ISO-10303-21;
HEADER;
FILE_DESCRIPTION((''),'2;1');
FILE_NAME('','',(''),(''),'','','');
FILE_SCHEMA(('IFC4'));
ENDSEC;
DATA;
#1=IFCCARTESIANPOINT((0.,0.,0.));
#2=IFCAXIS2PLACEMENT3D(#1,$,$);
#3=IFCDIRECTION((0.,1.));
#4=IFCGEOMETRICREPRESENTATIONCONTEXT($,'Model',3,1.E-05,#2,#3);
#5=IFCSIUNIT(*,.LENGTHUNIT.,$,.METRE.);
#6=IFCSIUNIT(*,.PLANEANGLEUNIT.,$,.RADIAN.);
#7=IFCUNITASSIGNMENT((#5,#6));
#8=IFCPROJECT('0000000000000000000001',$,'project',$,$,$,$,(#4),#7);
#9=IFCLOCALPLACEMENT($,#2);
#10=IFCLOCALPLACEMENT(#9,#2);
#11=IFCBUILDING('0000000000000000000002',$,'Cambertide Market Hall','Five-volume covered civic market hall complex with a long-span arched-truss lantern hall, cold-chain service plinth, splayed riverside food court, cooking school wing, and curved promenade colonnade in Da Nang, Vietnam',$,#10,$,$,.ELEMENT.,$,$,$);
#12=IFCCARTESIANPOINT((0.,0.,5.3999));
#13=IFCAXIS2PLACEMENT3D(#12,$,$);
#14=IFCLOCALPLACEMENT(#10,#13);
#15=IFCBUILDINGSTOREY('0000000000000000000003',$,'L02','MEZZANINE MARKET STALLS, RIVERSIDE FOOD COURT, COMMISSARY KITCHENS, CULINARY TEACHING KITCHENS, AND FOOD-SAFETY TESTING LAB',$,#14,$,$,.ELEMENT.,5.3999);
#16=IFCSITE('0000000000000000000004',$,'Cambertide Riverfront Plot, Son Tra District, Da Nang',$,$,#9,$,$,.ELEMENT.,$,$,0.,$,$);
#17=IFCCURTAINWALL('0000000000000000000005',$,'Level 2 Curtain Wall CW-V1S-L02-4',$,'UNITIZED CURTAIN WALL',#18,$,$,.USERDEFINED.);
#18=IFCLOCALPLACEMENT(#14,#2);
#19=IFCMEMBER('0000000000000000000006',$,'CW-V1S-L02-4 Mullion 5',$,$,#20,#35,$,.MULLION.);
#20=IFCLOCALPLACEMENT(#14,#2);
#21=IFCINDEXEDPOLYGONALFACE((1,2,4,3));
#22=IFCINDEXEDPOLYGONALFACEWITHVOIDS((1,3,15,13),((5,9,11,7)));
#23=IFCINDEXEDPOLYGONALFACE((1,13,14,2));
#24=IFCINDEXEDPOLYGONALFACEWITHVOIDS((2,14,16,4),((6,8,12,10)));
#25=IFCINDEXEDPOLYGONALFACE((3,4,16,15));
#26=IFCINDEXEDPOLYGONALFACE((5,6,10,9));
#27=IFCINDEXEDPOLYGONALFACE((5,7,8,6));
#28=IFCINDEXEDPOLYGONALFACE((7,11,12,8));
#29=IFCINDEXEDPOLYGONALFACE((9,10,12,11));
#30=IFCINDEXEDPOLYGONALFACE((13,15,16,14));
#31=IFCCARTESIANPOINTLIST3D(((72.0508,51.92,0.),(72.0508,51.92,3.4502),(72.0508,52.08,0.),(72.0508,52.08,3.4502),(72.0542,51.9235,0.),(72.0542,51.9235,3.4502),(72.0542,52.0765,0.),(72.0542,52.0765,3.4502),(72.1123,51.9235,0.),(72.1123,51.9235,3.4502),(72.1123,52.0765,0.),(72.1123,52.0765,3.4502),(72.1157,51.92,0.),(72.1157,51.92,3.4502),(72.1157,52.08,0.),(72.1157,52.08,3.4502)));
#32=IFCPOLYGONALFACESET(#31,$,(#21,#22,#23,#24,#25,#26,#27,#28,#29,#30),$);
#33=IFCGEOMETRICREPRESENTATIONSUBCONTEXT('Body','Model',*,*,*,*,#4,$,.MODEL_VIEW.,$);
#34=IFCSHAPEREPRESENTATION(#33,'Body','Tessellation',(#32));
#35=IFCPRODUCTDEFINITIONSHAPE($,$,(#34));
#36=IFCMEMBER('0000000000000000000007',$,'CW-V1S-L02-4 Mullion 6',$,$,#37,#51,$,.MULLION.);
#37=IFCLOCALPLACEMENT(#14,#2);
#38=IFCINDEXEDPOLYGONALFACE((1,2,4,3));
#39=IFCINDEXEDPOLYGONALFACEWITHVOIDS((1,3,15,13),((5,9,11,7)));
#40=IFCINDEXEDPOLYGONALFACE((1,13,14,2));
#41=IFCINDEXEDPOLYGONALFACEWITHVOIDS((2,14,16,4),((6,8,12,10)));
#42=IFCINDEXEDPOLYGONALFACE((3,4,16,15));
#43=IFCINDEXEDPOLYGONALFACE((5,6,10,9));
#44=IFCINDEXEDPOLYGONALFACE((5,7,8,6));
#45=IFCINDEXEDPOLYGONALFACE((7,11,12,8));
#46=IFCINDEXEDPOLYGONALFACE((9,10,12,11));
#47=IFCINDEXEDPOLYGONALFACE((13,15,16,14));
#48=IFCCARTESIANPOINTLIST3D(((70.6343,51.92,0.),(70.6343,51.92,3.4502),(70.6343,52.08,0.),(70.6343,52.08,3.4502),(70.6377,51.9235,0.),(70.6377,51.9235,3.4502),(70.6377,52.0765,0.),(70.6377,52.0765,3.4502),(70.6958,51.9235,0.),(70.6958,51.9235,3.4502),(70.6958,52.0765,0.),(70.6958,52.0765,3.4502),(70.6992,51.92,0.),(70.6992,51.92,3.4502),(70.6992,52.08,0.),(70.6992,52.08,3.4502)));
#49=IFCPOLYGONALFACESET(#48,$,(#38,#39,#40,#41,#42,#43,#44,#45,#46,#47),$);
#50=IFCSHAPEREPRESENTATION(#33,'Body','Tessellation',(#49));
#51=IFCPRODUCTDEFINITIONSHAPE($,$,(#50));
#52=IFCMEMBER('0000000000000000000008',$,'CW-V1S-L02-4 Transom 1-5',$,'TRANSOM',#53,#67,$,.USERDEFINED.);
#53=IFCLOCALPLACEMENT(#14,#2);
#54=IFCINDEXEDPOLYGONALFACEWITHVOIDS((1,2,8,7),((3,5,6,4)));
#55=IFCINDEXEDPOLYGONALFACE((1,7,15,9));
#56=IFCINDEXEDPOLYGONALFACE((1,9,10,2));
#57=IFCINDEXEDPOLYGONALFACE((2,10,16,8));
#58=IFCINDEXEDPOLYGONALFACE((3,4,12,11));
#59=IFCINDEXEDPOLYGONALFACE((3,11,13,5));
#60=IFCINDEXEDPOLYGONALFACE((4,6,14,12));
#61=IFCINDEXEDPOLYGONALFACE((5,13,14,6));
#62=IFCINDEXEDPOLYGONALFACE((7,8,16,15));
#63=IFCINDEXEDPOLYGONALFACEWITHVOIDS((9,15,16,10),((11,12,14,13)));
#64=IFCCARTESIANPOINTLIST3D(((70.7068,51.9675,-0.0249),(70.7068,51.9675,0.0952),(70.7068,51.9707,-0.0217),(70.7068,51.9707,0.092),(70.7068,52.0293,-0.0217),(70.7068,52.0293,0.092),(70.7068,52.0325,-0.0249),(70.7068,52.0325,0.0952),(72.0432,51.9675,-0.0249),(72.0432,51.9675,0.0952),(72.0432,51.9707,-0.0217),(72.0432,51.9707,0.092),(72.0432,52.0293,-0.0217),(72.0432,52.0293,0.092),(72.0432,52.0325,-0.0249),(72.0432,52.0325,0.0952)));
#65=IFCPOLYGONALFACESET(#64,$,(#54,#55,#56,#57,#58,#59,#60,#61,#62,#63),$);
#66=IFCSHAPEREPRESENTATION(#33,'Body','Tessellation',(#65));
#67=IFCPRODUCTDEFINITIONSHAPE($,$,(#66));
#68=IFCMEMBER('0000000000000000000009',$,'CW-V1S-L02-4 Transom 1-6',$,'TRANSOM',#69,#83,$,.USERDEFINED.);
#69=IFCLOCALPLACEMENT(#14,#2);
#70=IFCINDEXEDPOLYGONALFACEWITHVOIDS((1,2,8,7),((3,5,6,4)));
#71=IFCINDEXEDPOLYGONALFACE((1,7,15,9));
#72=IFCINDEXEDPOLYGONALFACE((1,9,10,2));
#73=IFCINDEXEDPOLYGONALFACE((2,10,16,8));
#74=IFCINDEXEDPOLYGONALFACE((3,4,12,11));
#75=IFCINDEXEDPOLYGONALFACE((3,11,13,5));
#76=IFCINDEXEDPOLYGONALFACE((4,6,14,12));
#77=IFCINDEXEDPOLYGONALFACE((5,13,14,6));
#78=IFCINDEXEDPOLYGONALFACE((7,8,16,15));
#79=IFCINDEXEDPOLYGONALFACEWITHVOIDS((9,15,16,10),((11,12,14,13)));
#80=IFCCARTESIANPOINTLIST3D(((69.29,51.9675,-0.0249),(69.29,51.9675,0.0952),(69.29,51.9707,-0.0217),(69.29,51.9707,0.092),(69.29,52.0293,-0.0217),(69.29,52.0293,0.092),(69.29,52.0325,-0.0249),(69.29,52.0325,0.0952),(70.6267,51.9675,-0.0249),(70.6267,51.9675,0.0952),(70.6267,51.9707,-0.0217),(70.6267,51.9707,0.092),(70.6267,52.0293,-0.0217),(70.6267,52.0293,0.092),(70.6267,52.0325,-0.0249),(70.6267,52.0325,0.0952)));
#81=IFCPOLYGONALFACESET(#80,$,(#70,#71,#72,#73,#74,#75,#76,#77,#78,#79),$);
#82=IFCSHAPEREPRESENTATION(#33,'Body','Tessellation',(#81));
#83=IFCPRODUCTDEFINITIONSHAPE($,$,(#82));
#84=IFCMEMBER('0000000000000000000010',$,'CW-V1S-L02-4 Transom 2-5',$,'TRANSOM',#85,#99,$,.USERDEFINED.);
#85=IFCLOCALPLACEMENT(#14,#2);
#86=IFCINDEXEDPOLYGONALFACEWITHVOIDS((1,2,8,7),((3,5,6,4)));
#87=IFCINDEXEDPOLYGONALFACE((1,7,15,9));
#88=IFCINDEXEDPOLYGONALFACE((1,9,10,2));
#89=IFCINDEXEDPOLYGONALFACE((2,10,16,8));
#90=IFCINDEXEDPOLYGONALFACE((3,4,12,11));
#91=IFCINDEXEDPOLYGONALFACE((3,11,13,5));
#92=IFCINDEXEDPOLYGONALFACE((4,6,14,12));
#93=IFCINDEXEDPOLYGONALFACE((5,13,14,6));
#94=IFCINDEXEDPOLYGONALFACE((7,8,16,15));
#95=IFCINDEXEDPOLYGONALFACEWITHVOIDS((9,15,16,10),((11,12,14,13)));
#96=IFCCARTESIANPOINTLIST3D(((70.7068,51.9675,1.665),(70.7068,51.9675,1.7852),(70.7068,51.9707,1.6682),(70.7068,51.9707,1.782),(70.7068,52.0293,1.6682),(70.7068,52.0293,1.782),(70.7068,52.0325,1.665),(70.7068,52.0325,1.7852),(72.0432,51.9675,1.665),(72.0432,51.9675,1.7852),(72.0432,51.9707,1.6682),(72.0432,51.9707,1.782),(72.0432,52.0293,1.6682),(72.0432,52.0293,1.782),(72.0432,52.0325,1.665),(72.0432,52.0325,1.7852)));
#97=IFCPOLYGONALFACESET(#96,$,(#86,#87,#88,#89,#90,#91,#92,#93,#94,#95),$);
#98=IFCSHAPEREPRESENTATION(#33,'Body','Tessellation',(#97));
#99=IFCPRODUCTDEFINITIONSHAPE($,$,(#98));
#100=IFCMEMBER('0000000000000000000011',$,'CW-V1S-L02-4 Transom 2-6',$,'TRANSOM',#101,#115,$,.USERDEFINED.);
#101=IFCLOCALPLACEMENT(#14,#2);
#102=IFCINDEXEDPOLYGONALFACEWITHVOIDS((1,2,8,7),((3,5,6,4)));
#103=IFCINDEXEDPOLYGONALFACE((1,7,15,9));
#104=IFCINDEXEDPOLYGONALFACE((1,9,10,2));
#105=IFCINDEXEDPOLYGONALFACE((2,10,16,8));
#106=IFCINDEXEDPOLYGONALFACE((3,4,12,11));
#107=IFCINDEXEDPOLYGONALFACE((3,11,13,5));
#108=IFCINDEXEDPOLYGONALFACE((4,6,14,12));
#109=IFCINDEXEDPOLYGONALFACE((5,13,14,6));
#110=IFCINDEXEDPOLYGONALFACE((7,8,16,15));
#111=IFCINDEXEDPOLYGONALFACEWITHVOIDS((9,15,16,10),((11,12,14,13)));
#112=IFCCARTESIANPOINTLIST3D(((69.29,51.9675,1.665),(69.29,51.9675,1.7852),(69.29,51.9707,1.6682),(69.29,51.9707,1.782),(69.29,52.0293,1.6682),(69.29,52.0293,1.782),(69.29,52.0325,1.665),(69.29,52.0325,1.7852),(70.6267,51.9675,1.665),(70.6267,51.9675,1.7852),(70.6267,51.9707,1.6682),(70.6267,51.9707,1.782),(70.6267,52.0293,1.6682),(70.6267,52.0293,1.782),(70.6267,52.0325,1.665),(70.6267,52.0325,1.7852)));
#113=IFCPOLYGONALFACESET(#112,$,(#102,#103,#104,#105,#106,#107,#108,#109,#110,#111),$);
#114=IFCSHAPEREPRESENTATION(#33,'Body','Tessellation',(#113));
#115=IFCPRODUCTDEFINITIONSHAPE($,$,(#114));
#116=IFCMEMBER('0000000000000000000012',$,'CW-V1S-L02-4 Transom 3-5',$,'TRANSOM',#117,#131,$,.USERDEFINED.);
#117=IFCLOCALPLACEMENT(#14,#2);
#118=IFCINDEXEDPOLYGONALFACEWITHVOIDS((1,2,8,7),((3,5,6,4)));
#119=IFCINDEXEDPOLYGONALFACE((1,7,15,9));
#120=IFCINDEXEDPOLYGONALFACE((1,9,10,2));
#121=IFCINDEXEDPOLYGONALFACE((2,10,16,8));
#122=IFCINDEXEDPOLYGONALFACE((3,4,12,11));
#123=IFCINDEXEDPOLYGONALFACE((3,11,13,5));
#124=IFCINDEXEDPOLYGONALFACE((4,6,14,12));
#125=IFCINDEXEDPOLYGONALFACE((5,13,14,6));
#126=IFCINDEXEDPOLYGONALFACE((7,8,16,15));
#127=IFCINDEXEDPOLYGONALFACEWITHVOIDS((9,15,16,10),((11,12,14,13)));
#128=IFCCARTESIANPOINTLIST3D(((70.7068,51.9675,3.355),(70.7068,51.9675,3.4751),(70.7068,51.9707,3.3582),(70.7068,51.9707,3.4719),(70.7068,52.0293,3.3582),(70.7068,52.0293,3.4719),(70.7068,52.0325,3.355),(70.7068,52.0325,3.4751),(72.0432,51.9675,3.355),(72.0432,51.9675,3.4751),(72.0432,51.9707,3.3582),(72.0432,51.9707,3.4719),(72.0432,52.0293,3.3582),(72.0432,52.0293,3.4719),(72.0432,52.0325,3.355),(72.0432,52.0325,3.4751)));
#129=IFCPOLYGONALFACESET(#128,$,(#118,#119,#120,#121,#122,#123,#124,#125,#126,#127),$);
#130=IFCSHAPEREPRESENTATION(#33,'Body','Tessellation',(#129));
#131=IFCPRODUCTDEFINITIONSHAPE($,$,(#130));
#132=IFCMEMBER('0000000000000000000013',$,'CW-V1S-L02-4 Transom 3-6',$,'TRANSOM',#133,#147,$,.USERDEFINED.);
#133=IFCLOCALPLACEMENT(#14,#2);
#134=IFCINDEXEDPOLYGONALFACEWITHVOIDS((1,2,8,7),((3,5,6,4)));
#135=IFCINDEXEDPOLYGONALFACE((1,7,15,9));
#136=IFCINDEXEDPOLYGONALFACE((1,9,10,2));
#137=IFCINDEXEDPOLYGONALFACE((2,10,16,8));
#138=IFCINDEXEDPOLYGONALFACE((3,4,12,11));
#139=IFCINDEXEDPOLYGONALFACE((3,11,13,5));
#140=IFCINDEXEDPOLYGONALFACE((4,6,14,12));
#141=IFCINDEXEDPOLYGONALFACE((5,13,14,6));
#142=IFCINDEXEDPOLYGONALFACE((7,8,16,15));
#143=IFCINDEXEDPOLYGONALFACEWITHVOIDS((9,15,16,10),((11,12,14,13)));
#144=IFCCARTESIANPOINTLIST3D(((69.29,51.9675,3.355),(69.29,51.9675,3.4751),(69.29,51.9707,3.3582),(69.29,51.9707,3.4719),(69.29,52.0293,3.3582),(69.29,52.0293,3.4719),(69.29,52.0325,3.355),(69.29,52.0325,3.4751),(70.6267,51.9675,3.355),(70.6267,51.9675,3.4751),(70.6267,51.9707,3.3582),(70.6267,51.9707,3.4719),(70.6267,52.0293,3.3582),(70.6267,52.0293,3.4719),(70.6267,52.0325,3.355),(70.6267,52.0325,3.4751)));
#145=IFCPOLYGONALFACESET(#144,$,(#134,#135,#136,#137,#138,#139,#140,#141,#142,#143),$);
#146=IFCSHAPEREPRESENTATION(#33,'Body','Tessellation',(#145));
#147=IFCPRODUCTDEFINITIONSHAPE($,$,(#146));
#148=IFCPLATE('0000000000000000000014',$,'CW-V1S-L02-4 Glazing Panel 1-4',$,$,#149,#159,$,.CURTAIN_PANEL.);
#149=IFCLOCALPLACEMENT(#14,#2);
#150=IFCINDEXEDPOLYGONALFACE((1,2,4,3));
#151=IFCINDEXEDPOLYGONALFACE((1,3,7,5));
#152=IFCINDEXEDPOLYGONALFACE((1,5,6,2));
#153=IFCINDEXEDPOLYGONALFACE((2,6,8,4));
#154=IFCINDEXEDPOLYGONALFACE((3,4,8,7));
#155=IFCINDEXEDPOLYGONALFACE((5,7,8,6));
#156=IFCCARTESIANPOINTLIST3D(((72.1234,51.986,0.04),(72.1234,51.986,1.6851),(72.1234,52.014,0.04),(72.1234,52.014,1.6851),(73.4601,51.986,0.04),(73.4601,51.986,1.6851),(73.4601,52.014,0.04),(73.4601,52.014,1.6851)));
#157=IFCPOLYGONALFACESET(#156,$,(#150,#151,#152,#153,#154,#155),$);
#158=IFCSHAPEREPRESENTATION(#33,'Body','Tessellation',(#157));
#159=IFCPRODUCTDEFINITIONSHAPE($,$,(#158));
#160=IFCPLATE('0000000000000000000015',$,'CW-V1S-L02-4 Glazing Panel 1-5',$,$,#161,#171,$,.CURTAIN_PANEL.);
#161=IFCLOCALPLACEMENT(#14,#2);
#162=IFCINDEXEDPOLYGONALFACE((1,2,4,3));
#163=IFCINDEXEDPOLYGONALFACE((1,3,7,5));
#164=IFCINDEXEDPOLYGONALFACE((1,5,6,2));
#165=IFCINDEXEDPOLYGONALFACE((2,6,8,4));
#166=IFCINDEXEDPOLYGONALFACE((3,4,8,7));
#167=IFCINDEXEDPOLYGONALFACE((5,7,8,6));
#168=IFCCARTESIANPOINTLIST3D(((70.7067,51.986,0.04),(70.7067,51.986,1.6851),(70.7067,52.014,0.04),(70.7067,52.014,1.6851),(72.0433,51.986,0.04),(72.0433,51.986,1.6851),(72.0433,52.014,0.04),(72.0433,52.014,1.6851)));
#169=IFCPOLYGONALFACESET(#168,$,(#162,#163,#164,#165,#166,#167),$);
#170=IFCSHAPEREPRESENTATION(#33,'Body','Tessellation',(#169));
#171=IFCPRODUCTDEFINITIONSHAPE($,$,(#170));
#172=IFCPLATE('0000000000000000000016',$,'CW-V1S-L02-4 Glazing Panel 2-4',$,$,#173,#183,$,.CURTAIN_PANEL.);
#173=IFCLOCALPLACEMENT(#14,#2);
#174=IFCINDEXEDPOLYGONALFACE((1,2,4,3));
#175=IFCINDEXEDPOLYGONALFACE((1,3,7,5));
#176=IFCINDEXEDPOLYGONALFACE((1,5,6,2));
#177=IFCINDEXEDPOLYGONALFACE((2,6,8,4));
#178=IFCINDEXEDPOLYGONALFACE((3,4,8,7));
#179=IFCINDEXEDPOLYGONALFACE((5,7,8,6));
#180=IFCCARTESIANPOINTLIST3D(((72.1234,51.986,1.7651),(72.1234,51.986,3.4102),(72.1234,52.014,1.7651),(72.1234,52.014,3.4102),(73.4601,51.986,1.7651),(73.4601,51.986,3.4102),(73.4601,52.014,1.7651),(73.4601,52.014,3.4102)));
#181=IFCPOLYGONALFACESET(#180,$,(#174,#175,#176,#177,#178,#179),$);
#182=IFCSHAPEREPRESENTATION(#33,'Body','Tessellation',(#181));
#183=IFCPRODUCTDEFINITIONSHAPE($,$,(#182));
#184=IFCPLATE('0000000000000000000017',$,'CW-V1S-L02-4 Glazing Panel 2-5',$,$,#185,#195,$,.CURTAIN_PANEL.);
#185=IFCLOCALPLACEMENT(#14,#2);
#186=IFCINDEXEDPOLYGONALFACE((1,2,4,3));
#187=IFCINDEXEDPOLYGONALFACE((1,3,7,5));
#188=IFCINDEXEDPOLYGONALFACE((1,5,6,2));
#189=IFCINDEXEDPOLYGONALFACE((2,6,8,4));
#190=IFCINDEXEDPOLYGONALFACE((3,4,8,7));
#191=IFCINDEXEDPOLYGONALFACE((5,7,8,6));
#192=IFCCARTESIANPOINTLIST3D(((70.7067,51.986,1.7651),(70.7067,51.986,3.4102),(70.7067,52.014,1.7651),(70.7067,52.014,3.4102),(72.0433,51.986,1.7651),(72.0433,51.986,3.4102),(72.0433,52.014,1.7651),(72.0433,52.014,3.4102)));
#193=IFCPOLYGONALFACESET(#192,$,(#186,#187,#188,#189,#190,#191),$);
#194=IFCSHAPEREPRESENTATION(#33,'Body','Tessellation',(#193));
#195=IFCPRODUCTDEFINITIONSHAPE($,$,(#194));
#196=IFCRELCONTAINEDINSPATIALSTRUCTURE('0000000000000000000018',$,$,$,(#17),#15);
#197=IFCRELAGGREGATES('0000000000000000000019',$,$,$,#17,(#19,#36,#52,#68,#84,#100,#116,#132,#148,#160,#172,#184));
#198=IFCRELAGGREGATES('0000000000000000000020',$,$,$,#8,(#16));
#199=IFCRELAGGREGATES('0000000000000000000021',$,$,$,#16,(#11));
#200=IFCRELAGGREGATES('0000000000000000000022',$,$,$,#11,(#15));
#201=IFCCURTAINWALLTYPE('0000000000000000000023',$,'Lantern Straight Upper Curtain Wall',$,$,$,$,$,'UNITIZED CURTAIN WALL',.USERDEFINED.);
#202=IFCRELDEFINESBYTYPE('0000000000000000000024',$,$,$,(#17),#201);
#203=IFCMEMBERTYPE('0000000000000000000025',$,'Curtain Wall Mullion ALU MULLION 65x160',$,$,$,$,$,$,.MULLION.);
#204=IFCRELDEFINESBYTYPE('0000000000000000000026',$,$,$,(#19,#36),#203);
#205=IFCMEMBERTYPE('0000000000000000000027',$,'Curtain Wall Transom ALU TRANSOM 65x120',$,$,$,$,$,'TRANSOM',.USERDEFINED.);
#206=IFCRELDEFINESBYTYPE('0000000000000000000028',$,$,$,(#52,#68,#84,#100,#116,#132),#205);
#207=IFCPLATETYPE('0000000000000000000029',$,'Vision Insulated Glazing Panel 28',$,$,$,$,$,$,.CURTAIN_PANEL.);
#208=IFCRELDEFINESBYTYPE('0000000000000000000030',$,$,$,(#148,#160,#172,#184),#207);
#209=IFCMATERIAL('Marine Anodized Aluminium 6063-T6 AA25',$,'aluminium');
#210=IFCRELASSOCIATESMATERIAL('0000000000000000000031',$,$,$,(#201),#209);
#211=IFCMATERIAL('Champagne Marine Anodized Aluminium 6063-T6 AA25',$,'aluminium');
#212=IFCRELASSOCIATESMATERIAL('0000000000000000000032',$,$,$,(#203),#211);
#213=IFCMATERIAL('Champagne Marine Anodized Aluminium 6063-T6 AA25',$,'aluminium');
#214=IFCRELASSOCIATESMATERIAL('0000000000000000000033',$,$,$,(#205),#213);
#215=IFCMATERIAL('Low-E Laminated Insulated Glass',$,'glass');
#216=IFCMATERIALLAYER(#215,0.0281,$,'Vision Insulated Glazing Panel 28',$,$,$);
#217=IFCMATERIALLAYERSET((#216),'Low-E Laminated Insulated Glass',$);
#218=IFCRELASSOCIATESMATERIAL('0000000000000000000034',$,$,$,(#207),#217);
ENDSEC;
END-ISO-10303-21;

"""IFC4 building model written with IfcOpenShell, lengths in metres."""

from ifc_helpers import new_model, si_unit, direction, frame, origin, origin_2d, place, context, subcontext, project, spatial, rectangle, hollow_rectangle, extrude, material, layer, layer_set, material_profile, profile_set, type_object, element, aggregate, save


model = new_model("IFC4")

# Units and contexts
model_context = context("Model", 3, precision=1e-05, world=origin(), true_north=direction((0.0, 1.0)))
body_context = subcontext(model_context, "Body", "Model", "MODEL_VIEW")
ifc_project = project(units=[si_unit("LENGTHUNIT", "METRE"), si_unit("PLANEANGLEUNIT", "RADIAN")], contexts=[model_context])

# Site, building, storey
site_placement = place(None, origin())
site = spatial("IfcSite", under=ifc_project, at=site_placement, Name="Cambertide Riverfront Plot, Son Tra District, Da Nang", CompositionType="ELEMENT", RefElevation=0.0)
building_placement = place(site_placement, origin())
building = spatial("IfcBuilding", under=site, at=building_placement, Name="Cambertide Market Hall", Description="Five-volume covered civic market hall complex with a long-span arched-truss lantern hall, cold-chain service plinth, splayed riverside food court, cooking school wing, and curved promenade colonnade in Da Nang, Vietnam", CompositionType="ELEMENT")
storey_placement = place(building_placement, frame((0.0, 0.0, 5.3999)))
storey = spatial("IfcBuildingStorey", under=building, at=storey_placement, Name="L02", Description="MEZZANINE MARKET STALLS, RIVERSIDE FOOD COURT, COMMISSARY KITCHENS, CULINARY TEACHING KITCHENS, AND FOOD-SAFETY TESTING LAB", CompositionType="ELEMENT", Elevation=5.3999)

# Curtain wall, members, plates
ifc_material_1 = material(Name="Marine Anodized Aluminium 6063-T6 AA25", Category="aluminium")
curtain_wall_type = type_object("IfcCurtainWallType", Name="Lantern Straight Upper Curtain Wall", ElementType="UNITIZED CURTAIN WALL", PredefinedType="USERDEFINED", material=ifc_material_1)
curtain_wall_placement = place(storey_placement, origin())
curtain_wall = element("IfcCurtainWall", 1, at=curtain_wall_placement, inside=storey, type_object=curtain_wall_type, Name="Level 2 Curtain Wall CW-V1S-L02-4", ObjectType="UNITIZED CURTAIN WALL", PredefinedType="USERDEFINED")
ifc_material_2 = material(Name="Champagne Marine Anodized Aluminium 6063-T6 AA25", Category="aluminium")
ifc_material_profile_1 = material_profile(ifc_material_2, hollow_rectangle(XDim=0.0649, YDim=0.1599, WallThickness=0.0034, at=origin_2d()), Name="ALU MULLION 65x160")
ifc_profile_set_1 = profile_set([ifc_material_profile_1], Name="Champagne Marine Anodized Aluminium 6063-T6 AA25")
member_type_1 = type_object("IfcMemberType", Name="Curtain Wall Mullion ALU MULLION 65x160", PredefinedType="MULLION", material=ifc_profile_set_1)
member_1_placement = place(storey_placement, frame((72.0833, 52.0, 0.0), z_axis=(0.0, 0.0, 1.0), x_axis=(-1.0, 0.0, 0.0)))
member_1 = element("IfcMember", 2, at=member_1_placement, type_object=member_type_1, Name="CW-V1S-L02-4 Mullion 5", PredefinedType="MULLION", context=body_context, shape_type="SweptSolid", body=[
    extrude(hollow_rectangle(XDim=0.0649, YDim=0.1599, WallThickness=0.0034, at=origin_2d()), origin(), (0.0, 0.0, 1.0), 3.4502),
])
member_2_placement = place(storey_placement, frame((70.6667, 52.0, 0.0), z_axis=(0.0, 0.0, 1.0), x_axis=(-1.0, 0.0, 0.0)))
member_2 = element("IfcMember", 3, at=member_2_placement, type_object=member_type_1, Name="CW-V1S-L02-4 Mullion 6", PredefinedType="MULLION", context=body_context, shape_type="SweptSolid", body=[
    extrude(hollow_rectangle(XDim=0.0649, YDim=0.1599, WallThickness=0.0034, at=origin_2d()), origin(), (0.0, 0.0, 1.0), 3.4502),
])
ifc_material_3 = material(Name="Champagne Marine Anodized Aluminium 6063-T6 AA25", Category="aluminium")
ifc_material_profile_2 = material_profile(ifc_material_3, hollow_rectangle(XDim=0.0649, YDim=0.1201, WallThickness=0.0032, at=origin_2d()), Name="ALU TRANSOM 65x120")
ifc_profile_set_2 = profile_set([ifc_material_profile_2], Name="Champagne Marine Anodized Aluminium 6063-T6 AA25")
member_type_2 = type_object("IfcMemberType", Name="Curtain Wall Transom ALU TRANSOM 65x120", ElementType="TRANSOM", PredefinedType="USERDEFINED", material=ifc_profile_set_2)
member_3_placement = place(storey_placement, frame((72.0432, 52.0, 0.0352), z_axis=(-1.0, 0.0, 0.0), x_axis=(0.0, -1.0, 0.0)))
member_3 = element("IfcMember", 4, at=member_3_placement, type_object=member_type_2, Name="CW-V1S-L02-4 Transom 1-5", ObjectType="TRANSOM", PredefinedType="USERDEFINED", context=body_context, shape_type="SweptSolid", body=[
    extrude(hollow_rectangle(XDim=0.0649, YDim=0.1201, WallThickness=0.0032, at=origin_2d()), origin(), (0.0, 0.0, 1.0), 1.3364),
])
member_4_placement = place(storey_placement, frame((70.6267, 52.0, 0.0352), z_axis=(-1.0, 0.0, 0.0), x_axis=(0.0, -1.0, 0.0)))
member_4 = element("IfcMember", 5, at=member_4_placement, type_object=member_type_2, Name="CW-V1S-L02-4 Transom 1-6", ObjectType="TRANSOM", PredefinedType="USERDEFINED", context=body_context, shape_type="SweptSolid", body=[
    extrude(hollow_rectangle(XDim=0.0649, YDim=0.1201, WallThickness=0.0032, at=origin_2d()), origin(), (0.0, 0.0, 1.0), 1.3367),
])
member_5_placement = place(storey_placement, frame((72.0432, 52.0, 1.7251), z_axis=(-1.0, 0.0, 0.0), x_axis=(0.0, -1.0, 0.0)))
member_5 = element("IfcMember", 6, at=member_5_placement, type_object=member_type_2, Name="CW-V1S-L02-4 Transom 2-5", ObjectType="TRANSOM", PredefinedType="USERDEFINED", context=body_context, shape_type="SweptSolid", body=[
    extrude(hollow_rectangle(XDim=0.0649, YDim=0.1201, WallThickness=0.0032, at=origin_2d()), origin(), (0.0, 0.0, 1.0), 1.3364),
])
member_6_placement = place(storey_placement, frame((70.6267, 52.0, 1.7251), z_axis=(-1.0, 0.0, 0.0), x_axis=(0.0, -1.0, 0.0)))
member_6 = element("IfcMember", 7, at=member_6_placement, type_object=member_type_2, Name="CW-V1S-L02-4 Transom 2-6", ObjectType="TRANSOM", PredefinedType="USERDEFINED", context=body_context, shape_type="SweptSolid", body=[
    extrude(hollow_rectangle(XDim=0.0649, YDim=0.1201, WallThickness=0.0032, at=origin_2d()), origin(), (0.0, 0.0, 1.0), 1.3367),
])
member_7_placement = place(storey_placement, frame((72.0432, 52.0, 3.415), z_axis=(-1.0, 0.0, 0.0), x_axis=(0.0, -1.0, 0.0)))
member_7 = element("IfcMember", 8, at=member_7_placement, type_object=member_type_2, Name="CW-V1S-L02-4 Transom 3-5", ObjectType="TRANSOM", PredefinedType="USERDEFINED", context=body_context, shape_type="SweptSolid", body=[
    extrude(hollow_rectangle(XDim=0.0649, YDim=0.1201, WallThickness=0.0032, at=origin_2d()), origin(), (0.0, 0.0, 1.0), 1.3364),
])
member_8_placement = place(storey_placement, frame((70.6267, 52.0, 3.415), z_axis=(-1.0, 0.0, 0.0), x_axis=(0.0, -1.0, 0.0)))
member_8 = element("IfcMember", 9, at=member_8_placement, type_object=member_type_2, Name="CW-V1S-L02-4 Transom 3-6", ObjectType="TRANSOM", PredefinedType="USERDEFINED", context=body_context, shape_type="SweptSolid", body=[
    extrude(hollow_rectangle(XDim=0.0649, YDim=0.1201, WallThickness=0.0032, at=origin_2d()), origin(), (0.0, 0.0, 1.0), 1.3367),
])
ifc_material_4 = material(Name="Low-E Laminated Insulated Glass", Category="glass")
ifc_layer = layer(ifc_material_4, 0.0281, Name="Vision Insulated Glazing Panel 28")
ifc_layer_set = layer_set([ifc_layer], Name="Low-E Laminated Insulated Glass")
plate_type = type_object("IfcPlateType", Name="Vision Insulated Glazing Panel 28", PredefinedType="CURTAIN_PANEL", material=ifc_layer_set)
plate_1_placement = place(storey_placement, frame((72.7917, 52.0, 0.04), z_axis=(0.0, 0.0, 1.0), x_axis=(-1.0, 0.0, 0.0)))
plate_1 = element("IfcPlate", 10, at=plate_1_placement, type_object=plate_type, Name="CW-V1S-L02-4 Glazing Panel 1-4", PredefinedType="CURTAIN_PANEL", context=body_context, shape_type="SweptSolid", body=[
    extrude(rectangle(XDim=1.3367, YDim=0.0281, at=origin_2d()), origin(), (0.0, 0.0, 1.0), 1.645),
])
plate_2_placement = place(storey_placement, frame((71.375, 52.0, 0.04), z_axis=(0.0, 0.0, 1.0), x_axis=(-1.0, 0.0, 0.0)))
plate_2 = element("IfcPlate", 11, at=plate_2_placement, type_object=plate_type, Name="CW-V1S-L02-4 Glazing Panel 1-5", PredefinedType="CURTAIN_PANEL", context=body_context, shape_type="SweptSolid", body=[
    extrude(rectangle(XDim=1.3367, YDim=0.0281, at=origin_2d()), origin(), (0.0, 0.0, 1.0), 1.645),
])
plate_3_placement = place(storey_placement, frame((72.7917, 52.0, 1.7651), z_axis=(0.0, 0.0, 1.0), x_axis=(-1.0, 0.0, 0.0)))
plate_3 = element("IfcPlate", 12, at=plate_3_placement, type_object=plate_type, Name="CW-V1S-L02-4 Glazing Panel 2-4", PredefinedType="CURTAIN_PANEL", context=body_context, shape_type="SweptSolid", body=[
    extrude(rectangle(XDim=1.3367, YDim=0.0281, at=origin_2d()), origin(), (0.0, 0.0, 1.0), 1.645),
])
plate_4_placement = place(storey_placement, frame((71.375, 52.0, 1.7651), z_axis=(0.0, 0.0, 1.0), x_axis=(-1.0, 0.0, 0.0)))
plate_4 = element("IfcPlate", 13, at=plate_4_placement, type_object=plate_type, Name="CW-V1S-L02-4 Glazing Panel 2-5", PredefinedType="CURTAIN_PANEL", context=body_context, shape_type="SweptSolid", body=[
    extrude(rectangle(XDim=1.3367, YDim=0.0281, at=origin_2d()), origin(), (0.0, 0.0, 1.0), 1.645),
])
aggregate(curtain_wall, [member_1, member_2, member_3, member_4, member_5, member_6, member_7, member_8, plate_1, plate_2, plate_3, plate_4])

save(model, "model.ifc")
